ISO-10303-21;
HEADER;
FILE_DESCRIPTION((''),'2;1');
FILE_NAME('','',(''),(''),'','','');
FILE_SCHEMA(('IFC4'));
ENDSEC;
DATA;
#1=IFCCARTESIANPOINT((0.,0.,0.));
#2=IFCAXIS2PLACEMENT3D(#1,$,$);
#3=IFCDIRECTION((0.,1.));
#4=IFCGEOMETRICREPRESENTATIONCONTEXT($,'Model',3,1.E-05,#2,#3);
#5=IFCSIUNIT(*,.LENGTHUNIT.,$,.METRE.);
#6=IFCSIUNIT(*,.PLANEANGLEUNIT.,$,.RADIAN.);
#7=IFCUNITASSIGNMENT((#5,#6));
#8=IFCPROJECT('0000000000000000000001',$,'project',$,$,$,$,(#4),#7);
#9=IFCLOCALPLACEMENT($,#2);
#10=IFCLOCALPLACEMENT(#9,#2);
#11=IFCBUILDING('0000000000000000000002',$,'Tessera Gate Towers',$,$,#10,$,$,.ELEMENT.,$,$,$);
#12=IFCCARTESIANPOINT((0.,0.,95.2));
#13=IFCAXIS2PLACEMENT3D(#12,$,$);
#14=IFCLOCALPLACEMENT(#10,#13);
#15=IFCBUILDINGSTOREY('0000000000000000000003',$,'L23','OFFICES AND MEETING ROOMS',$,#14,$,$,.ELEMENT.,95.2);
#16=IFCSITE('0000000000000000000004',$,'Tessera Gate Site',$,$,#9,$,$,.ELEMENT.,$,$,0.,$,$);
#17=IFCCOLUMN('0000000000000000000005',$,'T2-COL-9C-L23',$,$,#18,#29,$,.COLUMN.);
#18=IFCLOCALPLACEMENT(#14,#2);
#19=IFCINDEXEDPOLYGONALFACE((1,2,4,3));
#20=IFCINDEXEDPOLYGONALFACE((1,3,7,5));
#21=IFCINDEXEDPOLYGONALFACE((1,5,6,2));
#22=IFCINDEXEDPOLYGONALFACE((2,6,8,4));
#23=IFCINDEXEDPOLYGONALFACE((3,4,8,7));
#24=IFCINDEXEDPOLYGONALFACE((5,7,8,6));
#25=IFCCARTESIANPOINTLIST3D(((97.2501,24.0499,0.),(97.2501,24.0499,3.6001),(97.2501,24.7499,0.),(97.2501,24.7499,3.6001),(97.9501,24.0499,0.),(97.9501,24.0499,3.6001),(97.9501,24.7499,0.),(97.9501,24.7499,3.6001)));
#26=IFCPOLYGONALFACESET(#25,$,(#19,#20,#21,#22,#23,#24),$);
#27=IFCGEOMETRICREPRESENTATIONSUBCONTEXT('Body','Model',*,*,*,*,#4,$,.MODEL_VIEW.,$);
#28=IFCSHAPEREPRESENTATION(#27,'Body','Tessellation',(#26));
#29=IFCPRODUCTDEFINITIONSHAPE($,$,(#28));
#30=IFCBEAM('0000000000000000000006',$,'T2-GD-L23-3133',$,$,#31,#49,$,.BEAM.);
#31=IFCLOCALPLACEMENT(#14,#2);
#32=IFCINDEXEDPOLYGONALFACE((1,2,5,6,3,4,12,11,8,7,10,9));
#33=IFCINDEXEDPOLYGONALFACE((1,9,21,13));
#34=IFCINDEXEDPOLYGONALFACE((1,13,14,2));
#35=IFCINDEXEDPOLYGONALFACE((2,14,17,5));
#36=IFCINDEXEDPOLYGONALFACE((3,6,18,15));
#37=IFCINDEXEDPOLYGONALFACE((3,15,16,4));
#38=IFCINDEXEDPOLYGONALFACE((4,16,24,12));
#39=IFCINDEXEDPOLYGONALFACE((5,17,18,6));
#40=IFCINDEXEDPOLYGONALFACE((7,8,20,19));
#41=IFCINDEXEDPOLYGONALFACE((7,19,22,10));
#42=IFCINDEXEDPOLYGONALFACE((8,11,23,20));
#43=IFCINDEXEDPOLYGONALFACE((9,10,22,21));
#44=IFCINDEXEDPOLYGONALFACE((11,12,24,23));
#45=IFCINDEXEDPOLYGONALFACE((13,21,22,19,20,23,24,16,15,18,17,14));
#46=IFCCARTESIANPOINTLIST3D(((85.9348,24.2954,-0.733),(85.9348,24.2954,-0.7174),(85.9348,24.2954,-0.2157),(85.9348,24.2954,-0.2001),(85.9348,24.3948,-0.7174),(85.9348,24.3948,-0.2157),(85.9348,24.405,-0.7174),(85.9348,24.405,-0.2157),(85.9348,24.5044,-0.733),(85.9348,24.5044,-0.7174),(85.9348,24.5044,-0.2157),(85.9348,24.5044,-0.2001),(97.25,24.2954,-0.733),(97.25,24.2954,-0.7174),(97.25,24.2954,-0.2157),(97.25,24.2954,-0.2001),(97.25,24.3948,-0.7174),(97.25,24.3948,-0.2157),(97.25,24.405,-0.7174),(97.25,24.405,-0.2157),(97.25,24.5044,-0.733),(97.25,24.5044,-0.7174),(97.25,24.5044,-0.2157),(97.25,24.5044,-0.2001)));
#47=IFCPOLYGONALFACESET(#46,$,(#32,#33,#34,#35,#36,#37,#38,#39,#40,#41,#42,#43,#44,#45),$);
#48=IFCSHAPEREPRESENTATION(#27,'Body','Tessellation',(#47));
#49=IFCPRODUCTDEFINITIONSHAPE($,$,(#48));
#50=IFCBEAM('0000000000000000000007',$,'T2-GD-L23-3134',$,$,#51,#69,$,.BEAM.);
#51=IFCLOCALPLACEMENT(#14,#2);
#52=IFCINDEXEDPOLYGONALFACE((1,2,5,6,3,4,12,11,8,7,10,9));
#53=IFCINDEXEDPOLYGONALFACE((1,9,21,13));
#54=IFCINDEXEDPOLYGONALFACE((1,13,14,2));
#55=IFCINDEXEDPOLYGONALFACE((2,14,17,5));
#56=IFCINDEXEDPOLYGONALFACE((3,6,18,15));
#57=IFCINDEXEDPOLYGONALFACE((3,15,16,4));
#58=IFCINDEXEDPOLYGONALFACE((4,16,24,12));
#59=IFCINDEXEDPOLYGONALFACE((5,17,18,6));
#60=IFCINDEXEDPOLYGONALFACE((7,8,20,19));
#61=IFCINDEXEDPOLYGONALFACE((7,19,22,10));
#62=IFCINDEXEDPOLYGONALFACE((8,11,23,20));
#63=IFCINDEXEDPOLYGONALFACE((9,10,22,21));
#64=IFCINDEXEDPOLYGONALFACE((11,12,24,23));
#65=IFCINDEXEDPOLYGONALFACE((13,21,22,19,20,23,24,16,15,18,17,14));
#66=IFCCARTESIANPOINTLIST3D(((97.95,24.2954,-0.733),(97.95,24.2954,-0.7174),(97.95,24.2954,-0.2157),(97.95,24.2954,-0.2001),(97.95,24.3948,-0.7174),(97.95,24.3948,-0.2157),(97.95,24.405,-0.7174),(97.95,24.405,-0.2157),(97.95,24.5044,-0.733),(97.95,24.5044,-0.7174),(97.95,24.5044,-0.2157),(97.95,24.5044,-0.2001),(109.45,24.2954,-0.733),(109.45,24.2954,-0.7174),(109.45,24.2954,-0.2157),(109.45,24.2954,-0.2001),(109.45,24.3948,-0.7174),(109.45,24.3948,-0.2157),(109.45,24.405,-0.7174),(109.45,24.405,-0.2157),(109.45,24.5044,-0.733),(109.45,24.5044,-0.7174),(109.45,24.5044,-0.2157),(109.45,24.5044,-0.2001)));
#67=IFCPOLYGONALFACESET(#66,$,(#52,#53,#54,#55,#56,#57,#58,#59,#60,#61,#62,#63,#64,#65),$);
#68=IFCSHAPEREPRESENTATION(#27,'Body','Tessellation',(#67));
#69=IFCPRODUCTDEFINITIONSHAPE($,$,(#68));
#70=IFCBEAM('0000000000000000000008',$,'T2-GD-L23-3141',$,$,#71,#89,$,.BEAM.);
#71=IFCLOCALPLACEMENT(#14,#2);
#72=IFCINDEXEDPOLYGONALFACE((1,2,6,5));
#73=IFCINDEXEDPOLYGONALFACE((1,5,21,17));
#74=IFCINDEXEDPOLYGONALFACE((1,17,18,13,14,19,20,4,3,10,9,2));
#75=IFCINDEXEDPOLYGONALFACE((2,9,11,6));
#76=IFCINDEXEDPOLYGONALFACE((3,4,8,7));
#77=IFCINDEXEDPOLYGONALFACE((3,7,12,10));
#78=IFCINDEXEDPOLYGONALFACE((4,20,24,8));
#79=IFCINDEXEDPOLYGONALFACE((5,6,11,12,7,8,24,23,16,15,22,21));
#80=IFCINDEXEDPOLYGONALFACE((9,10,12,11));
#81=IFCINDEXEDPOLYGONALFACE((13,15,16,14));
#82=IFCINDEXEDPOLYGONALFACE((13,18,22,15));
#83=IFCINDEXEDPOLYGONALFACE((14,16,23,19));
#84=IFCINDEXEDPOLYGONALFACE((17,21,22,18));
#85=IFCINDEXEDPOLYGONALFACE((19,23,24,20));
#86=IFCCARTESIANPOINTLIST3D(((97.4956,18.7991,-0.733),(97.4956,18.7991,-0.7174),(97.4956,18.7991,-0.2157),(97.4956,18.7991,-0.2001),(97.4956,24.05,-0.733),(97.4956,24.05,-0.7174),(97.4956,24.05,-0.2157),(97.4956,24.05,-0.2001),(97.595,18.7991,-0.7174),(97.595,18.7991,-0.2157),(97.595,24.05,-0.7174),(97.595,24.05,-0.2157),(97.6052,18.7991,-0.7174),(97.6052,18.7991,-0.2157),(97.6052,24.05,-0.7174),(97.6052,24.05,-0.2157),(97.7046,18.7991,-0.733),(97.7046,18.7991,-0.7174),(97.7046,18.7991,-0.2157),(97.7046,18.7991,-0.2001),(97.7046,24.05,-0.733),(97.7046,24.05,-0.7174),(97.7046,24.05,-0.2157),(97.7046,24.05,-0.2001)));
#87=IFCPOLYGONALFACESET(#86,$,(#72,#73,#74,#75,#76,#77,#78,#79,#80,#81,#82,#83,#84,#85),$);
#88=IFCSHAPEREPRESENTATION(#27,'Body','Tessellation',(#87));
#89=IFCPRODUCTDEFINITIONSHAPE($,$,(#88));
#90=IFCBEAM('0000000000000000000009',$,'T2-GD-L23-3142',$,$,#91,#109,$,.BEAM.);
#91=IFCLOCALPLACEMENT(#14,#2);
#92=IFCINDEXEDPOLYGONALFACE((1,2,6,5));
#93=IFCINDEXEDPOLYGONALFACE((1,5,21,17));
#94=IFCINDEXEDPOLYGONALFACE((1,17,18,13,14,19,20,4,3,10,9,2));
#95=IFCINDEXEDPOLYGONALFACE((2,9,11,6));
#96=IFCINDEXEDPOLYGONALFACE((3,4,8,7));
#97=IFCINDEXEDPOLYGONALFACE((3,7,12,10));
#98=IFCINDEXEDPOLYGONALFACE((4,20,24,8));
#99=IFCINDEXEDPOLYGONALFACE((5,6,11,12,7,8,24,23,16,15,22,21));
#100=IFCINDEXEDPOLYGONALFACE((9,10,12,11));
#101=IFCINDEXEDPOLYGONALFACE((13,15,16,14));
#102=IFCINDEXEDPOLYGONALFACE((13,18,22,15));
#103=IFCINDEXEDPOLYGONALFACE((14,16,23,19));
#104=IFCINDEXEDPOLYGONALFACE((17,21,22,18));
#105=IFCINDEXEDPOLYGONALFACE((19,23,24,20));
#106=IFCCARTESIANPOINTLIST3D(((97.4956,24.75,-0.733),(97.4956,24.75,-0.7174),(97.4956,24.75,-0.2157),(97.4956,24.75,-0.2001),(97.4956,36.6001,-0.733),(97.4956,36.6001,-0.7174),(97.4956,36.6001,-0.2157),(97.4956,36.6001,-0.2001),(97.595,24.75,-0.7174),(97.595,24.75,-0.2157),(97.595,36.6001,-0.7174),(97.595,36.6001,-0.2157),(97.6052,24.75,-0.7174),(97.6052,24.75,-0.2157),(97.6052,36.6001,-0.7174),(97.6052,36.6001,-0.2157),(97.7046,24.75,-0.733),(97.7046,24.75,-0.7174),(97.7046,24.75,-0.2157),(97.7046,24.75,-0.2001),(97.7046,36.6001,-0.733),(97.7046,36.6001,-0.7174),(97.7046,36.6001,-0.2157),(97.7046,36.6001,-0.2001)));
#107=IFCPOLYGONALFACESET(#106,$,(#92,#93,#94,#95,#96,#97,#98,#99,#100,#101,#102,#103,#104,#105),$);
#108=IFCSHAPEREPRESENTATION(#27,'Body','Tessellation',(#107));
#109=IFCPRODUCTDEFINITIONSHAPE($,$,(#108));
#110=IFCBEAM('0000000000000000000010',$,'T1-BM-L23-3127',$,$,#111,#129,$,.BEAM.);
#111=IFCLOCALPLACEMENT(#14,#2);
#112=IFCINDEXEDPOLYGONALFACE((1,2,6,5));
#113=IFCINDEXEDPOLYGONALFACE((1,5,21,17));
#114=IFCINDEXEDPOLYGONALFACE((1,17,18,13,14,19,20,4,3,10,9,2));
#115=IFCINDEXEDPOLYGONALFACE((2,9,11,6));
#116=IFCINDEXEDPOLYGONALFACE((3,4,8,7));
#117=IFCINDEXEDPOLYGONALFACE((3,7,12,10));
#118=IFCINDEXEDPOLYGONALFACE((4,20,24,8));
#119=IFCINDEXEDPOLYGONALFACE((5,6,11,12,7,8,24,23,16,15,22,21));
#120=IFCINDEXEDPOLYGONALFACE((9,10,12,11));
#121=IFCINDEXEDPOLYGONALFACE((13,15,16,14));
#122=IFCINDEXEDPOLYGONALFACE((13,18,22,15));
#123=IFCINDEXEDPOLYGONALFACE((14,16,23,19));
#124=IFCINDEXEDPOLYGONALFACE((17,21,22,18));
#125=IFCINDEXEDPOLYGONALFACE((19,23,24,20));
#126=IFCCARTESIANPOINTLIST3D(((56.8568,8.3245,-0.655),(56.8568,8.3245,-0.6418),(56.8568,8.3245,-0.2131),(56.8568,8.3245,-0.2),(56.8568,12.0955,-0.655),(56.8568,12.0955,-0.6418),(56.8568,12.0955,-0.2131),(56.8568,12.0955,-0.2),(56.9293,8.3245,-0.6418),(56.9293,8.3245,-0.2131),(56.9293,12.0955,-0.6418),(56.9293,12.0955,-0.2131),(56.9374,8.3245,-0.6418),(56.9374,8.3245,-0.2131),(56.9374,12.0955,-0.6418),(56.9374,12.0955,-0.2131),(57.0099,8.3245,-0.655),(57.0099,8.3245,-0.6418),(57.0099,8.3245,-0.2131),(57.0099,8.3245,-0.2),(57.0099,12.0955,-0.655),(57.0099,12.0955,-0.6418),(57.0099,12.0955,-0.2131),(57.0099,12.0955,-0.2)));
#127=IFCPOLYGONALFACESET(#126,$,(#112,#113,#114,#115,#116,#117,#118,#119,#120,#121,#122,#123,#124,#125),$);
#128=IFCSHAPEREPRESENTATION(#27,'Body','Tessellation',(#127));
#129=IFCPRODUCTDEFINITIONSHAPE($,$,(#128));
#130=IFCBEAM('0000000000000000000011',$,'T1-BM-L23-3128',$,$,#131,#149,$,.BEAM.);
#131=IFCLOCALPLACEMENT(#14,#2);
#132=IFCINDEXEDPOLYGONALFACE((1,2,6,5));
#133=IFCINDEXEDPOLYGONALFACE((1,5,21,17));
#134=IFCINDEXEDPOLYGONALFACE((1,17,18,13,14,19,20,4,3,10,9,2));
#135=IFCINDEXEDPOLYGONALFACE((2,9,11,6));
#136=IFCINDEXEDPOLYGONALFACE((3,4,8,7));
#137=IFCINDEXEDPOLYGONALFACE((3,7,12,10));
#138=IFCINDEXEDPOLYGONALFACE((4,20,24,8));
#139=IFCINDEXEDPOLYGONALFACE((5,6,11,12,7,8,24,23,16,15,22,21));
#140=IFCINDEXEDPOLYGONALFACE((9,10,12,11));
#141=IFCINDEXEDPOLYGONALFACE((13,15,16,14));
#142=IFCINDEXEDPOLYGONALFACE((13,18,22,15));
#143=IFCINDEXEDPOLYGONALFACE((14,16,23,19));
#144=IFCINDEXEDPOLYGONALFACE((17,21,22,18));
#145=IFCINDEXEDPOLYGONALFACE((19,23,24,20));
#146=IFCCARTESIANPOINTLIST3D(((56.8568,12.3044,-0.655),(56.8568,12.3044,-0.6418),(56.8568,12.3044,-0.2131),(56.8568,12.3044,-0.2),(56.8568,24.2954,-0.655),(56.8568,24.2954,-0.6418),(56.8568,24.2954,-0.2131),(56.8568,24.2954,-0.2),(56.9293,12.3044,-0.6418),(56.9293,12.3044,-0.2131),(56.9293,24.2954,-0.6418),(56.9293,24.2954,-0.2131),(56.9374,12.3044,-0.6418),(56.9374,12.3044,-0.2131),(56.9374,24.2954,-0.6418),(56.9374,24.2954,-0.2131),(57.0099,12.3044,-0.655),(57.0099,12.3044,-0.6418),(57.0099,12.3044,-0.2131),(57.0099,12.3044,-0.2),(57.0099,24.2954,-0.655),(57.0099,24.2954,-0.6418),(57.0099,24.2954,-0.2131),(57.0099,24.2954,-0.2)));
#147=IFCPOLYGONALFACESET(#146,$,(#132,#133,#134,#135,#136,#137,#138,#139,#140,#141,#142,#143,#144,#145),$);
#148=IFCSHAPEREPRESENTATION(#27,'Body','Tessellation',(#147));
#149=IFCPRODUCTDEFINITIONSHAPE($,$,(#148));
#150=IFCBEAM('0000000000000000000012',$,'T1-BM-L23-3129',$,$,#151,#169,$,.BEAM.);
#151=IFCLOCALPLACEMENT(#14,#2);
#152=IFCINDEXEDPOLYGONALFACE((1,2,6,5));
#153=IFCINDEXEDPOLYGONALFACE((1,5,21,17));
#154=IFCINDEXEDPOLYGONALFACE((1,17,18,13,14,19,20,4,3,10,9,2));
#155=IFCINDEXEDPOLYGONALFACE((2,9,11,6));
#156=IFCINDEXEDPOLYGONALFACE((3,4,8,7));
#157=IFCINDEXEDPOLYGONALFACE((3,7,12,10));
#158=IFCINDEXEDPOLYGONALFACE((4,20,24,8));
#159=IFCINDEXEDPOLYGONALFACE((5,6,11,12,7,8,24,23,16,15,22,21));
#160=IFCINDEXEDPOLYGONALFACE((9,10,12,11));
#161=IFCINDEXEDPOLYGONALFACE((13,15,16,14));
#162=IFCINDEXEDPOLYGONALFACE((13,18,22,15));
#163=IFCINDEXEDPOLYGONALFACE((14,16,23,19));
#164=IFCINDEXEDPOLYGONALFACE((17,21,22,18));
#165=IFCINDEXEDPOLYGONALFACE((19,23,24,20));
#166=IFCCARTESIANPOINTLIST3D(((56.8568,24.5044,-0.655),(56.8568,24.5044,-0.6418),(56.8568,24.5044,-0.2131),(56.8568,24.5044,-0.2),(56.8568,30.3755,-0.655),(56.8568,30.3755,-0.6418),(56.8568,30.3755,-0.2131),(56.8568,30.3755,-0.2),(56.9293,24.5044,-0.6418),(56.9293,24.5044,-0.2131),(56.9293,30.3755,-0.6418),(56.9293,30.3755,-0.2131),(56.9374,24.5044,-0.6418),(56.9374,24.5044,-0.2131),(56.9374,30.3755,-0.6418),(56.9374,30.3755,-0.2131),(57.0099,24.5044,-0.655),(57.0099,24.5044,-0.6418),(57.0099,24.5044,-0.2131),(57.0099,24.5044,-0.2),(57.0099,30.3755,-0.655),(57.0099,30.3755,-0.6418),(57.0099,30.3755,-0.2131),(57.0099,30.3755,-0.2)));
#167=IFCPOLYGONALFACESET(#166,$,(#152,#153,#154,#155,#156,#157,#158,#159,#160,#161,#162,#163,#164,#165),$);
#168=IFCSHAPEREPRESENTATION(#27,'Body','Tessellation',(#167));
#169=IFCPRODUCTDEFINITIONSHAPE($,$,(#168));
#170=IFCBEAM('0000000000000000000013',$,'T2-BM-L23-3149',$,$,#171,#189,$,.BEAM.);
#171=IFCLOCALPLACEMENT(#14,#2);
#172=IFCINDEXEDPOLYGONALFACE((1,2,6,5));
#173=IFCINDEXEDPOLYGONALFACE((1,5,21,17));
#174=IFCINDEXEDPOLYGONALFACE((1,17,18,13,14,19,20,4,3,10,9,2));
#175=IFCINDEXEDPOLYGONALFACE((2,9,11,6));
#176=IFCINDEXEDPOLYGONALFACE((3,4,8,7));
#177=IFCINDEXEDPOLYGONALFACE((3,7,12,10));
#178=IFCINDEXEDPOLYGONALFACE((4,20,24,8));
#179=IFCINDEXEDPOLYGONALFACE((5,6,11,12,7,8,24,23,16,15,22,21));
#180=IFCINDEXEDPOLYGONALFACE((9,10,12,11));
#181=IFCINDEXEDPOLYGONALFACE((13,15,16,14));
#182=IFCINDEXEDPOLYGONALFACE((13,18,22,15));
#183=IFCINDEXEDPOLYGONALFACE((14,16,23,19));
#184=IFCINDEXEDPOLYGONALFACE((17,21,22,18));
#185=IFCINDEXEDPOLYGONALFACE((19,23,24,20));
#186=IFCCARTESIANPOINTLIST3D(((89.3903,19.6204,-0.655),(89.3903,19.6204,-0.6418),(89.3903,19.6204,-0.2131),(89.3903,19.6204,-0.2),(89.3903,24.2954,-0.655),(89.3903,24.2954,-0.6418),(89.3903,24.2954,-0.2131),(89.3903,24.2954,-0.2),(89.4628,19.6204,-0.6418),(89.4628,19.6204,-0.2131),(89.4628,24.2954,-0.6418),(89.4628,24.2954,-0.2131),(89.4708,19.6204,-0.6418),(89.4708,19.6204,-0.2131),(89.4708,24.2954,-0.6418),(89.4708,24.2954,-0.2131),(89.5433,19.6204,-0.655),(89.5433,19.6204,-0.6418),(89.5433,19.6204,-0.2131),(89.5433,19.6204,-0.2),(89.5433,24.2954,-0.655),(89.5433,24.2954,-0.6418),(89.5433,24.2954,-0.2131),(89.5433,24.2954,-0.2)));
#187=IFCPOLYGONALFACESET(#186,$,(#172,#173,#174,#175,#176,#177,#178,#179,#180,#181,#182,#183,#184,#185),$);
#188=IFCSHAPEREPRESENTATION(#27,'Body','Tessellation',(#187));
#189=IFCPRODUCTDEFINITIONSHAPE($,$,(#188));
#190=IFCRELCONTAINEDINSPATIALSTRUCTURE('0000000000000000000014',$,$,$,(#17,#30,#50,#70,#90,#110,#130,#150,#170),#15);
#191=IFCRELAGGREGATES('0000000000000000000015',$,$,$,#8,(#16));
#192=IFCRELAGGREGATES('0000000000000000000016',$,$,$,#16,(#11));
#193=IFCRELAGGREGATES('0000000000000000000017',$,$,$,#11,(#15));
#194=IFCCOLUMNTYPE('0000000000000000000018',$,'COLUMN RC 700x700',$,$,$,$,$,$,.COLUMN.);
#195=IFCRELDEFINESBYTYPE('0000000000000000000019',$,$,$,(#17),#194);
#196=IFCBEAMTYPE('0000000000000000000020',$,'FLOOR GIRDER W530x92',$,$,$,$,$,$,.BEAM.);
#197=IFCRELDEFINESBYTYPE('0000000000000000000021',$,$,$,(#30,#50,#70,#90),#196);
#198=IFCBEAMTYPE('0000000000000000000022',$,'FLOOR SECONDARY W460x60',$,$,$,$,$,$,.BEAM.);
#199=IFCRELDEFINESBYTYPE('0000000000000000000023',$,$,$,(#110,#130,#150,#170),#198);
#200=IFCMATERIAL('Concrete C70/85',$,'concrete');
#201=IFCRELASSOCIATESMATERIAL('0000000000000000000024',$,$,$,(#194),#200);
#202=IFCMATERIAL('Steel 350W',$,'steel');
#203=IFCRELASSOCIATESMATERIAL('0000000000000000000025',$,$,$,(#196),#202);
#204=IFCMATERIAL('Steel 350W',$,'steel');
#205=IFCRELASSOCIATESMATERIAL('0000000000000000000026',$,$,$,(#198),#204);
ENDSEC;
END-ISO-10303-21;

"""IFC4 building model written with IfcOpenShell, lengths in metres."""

from ifc_helpers import new_model, si_unit, direction, frame, origin, origin_2d, place, context, subcontext, project, spatial, rectangle, i_section, extrude, material, material_profile, profile_set, type_object, element, save


model = new_model("IFC4")

# Units and contexts
model_context = context("Model", 3, precision=1e-05, world=origin(), true_north=direction((0.0, 1.0)))
body_context = subcontext(model_context, "Body", "Model", "MODEL_VIEW")
ifc_project = project(units=[si_unit("LENGTHUNIT", "METRE"), si_unit("PLANEANGLEUNIT", "RADIAN")], contexts=[model_context])

# Site, building, storey
site_placement = place(None, origin())
site = spatial("IfcSite", under=ifc_project, at=site_placement, Name="Tessera Gate Site", CompositionType="ELEMENT", RefElevation=0.0)
building_placement = place(site_placement, origin())
building = spatial("IfcBuilding", under=site, at=building_placement, Name="Tessera Gate Towers", CompositionType="ELEMENT")
storey_placement = place(building_placement, frame((0.0, 0.0, 95.2)))
storey = spatial("IfcBuildingStorey", under=building, at=storey_placement, Name="L23", Description="OFFICES AND MEETING ROOMS", CompositionType="ELEMENT", Elevation=95.2)

# Column
ifc_material_1 = material(Name="Concrete C70/85", Category="concrete")
ifc_material_profile_1 = material_profile(ifc_material_1, rectangle(XDim=0.7, YDim=0.7, at=origin_2d()), Name="RC 700x700")
ifc_profile_set_1 = profile_set([ifc_material_profile_1], Name="Concrete C70/85")
column_type = type_object("IfcColumnType", Name="COLUMN RC 700x700", PredefinedType="COLUMN", material=ifc_profile_set_1)
column_placement = place(storey_placement, frame((97.6001, 24.3999, 0.0), z_axis=(0.0, 0.0, 1.0), x_axis=(1.0, 0.0, 0.0)))
element("IfcColumn", 1, at=column_placement, inside=storey, type_object=column_type, Name="T2-COL-9C-L23", PredefinedType="COLUMN", context=body_context, shape_type="SweptSolid", body=[
    extrude(rectangle(XDim=0.7, YDim=0.7, at=origin_2d()), origin(), (0.0, 0.0, 1.0), 3.6001),
])

# Beams
ifc_material_2 = material(Name="Steel 350W", Category="steel")
ifc_material_profile_2 = material_profile(ifc_material_2, i_section(OverallWidth=0.209, OverallDepth=0.533, WebThickness=0.0103, FlangeThickness=0.0156, at=origin_2d()), Name="W530x92")
ifc_profile_set_2 = profile_set([ifc_material_profile_2], Name="Steel 350W")
beam_type_1 = type_object("IfcBeamType", Name="FLOOR GIRDER W530x92", PredefinedType="BEAM", material=ifc_profile_set_2)
beam_1_placement = place(storey_placement, frame((85.9348, 24.3999, -0.4666), z_axis=(1.0, 0.0, 0.0), x_axis=(0.0, 1.0, 0.0)))
element("IfcBeam", 2, at=beam_1_placement, inside=storey, type_object=beam_type_1, Name="T2-GD-L23-3133", PredefinedType="BEAM", context=body_context, shape_type="SweptSolid", body=[
    extrude(i_section(OverallWidth=0.209, OverallDepth=0.533, WebThickness=0.0103, FlangeThickness=0.0156, at=origin_2d()), origin(), (0.0, 0.0, 1.0), 11.3152),
])
beam_2_placement = place(storey_placement, frame((97.95, 24.3999, -0.4666), z_axis=(1.0, 0.0, 0.0), x_axis=(0.0, 1.0, 0.0)))
element("IfcBeam", 3, at=beam_2_placement, inside=storey, type_object=beam_type_1, Name="T2-GD-L23-3134", PredefinedType="BEAM", context=body_context, shape_type="SweptSolid", body=[
    extrude(i_section(OverallWidth=0.209, OverallDepth=0.533, WebThickness=0.0103, FlangeThickness=0.0156, at=origin_2d()), origin(), (0.0, 0.0, 1.0), 11.5),
])
beam_3_placement = place(storey_placement, frame((97.6001, 18.7991, -0.4666), z_axis=(0.0, 1.0, 0.0), x_axis=(-1.0, 0.0, 0.0)))
element("IfcBeam", 4, at=beam_3_placement, inside=storey, type_object=beam_type_1, Name="T2-GD-L23-3141", PredefinedType="BEAM", context=body_context, shape_type="SweptSolid", body=[
    extrude(i_section(OverallWidth=0.209, OverallDepth=0.533, WebThickness=0.0103, FlangeThickness=0.0156, at=origin_2d()), origin(), (0.0, 0.0, 1.0), 5.251),
])
beam_4_placement = place(storey_placement, frame((97.6001, 24.75, -0.4666), z_axis=(0.0, 1.0, 0.0), x_axis=(-1.0, 0.0, 0.0)))
element("IfcBeam", 5, at=beam_4_placement, inside=storey, type_object=beam_type_1, Name="T2-GD-L23-3142", PredefinedType="BEAM", context=body_context, shape_type="SweptSolid", body=[
    extrude(i_section(OverallWidth=0.209, OverallDepth=0.533, WebThickness=0.0103, FlangeThickness=0.0156, at=origin_2d()), origin(), (0.0, 0.0, 1.0), 11.8501),
])
ifc_material_3 = material(Name="Steel 350W", Category="steel")
ifc_material_profile_3 = material_profile(ifc_material_3, i_section(OverallWidth=0.1531, OverallDepth=0.4551, WebThickness=0.0081, FlangeThickness=0.0132, at=origin_2d()), Name="W460x60")
ifc_profile_set_3 = profile_set([ifc_material_profile_3], Name="Steel 350W")
beam_type_2 = type_object("IfcBeamType", Name="FLOOR SECONDARY W460x60", PredefinedType="BEAM", material=ifc_profile_set_3)
beam_5_placement = place(storey_placement, frame((56.9333, 8.3245, -0.4275), z_axis=(0.0, 1.0, 0.0), x_axis=(-1.0, 0.0, 0.0)))
element("IfcBeam", 6, at=beam_5_placement, inside=storey, type_object=beam_type_2, Name="T1-BM-L23-3127", PredefinedType="BEAM", context=body_context, shape_type="SweptSolid", body=[
    extrude(i_section(OverallWidth=0.1531, OverallDepth=0.4551, WebThickness=0.0081, FlangeThickness=0.0132, at=origin_2d()), origin(), (0.0, 0.0, 1.0), 3.771),
])
beam_6_placement = place(storey_placement, frame((56.9333, 12.3044, -0.4275), z_axis=(0.0, 1.0, 0.0), x_axis=(-1.0, 0.0, 0.0)))
element("IfcBeam", 7, at=beam_6_placement, inside=storey, type_object=beam_type_2, Name="T1-BM-L23-3128", PredefinedType="BEAM", context=body_context, shape_type="SweptSolid", body=[
    extrude(i_section(OverallWidth=0.1531, OverallDepth=0.4551, WebThickness=0.0081, FlangeThickness=0.0132, at=origin_2d()), origin(), (0.0, 0.0, 1.0), 11.991),
])
beam_7_placement = place(storey_placement, frame((56.9333, 24.5044, -0.4275), z_axis=(0.0, 1.0, 0.0), x_axis=(-1.0, 0.0, 0.0)))
element("IfcBeam", 8, at=beam_7_placement, inside=storey, type_object=beam_type_2, Name="T1-BM-L23-3129", PredefinedType="BEAM", context=body_context, shape_type="SweptSolid", body=[
    extrude(i_section(OverallWidth=0.1531, OverallDepth=0.4551, WebThickness=0.0081, FlangeThickness=0.0132, at=origin_2d()), origin(), (0.0, 0.0, 1.0), 5.8711),
])
beam_8_placement = place(storey_placement, frame((89.4668, 19.6204, -0.4275), z_axis=(0.0, 1.0, 0.0), x_axis=(-1.0, 0.0, 0.0)))
element("IfcBeam", 9, at=beam_8_placement, inside=storey, type_object=beam_type_2, Name="T2-BM-L23-3149", PredefinedType="BEAM", context=body_context, shape_type="SweptSolid", body=[
    extrude(i_section(OverallWidth=0.1531, OverallDepth=0.4551, WebThickness=0.0081, FlangeThickness=0.0132, at=origin_2d()), origin(), (0.0, 0.0, 1.0), 4.675),
])

save(model, "model.ifc")
